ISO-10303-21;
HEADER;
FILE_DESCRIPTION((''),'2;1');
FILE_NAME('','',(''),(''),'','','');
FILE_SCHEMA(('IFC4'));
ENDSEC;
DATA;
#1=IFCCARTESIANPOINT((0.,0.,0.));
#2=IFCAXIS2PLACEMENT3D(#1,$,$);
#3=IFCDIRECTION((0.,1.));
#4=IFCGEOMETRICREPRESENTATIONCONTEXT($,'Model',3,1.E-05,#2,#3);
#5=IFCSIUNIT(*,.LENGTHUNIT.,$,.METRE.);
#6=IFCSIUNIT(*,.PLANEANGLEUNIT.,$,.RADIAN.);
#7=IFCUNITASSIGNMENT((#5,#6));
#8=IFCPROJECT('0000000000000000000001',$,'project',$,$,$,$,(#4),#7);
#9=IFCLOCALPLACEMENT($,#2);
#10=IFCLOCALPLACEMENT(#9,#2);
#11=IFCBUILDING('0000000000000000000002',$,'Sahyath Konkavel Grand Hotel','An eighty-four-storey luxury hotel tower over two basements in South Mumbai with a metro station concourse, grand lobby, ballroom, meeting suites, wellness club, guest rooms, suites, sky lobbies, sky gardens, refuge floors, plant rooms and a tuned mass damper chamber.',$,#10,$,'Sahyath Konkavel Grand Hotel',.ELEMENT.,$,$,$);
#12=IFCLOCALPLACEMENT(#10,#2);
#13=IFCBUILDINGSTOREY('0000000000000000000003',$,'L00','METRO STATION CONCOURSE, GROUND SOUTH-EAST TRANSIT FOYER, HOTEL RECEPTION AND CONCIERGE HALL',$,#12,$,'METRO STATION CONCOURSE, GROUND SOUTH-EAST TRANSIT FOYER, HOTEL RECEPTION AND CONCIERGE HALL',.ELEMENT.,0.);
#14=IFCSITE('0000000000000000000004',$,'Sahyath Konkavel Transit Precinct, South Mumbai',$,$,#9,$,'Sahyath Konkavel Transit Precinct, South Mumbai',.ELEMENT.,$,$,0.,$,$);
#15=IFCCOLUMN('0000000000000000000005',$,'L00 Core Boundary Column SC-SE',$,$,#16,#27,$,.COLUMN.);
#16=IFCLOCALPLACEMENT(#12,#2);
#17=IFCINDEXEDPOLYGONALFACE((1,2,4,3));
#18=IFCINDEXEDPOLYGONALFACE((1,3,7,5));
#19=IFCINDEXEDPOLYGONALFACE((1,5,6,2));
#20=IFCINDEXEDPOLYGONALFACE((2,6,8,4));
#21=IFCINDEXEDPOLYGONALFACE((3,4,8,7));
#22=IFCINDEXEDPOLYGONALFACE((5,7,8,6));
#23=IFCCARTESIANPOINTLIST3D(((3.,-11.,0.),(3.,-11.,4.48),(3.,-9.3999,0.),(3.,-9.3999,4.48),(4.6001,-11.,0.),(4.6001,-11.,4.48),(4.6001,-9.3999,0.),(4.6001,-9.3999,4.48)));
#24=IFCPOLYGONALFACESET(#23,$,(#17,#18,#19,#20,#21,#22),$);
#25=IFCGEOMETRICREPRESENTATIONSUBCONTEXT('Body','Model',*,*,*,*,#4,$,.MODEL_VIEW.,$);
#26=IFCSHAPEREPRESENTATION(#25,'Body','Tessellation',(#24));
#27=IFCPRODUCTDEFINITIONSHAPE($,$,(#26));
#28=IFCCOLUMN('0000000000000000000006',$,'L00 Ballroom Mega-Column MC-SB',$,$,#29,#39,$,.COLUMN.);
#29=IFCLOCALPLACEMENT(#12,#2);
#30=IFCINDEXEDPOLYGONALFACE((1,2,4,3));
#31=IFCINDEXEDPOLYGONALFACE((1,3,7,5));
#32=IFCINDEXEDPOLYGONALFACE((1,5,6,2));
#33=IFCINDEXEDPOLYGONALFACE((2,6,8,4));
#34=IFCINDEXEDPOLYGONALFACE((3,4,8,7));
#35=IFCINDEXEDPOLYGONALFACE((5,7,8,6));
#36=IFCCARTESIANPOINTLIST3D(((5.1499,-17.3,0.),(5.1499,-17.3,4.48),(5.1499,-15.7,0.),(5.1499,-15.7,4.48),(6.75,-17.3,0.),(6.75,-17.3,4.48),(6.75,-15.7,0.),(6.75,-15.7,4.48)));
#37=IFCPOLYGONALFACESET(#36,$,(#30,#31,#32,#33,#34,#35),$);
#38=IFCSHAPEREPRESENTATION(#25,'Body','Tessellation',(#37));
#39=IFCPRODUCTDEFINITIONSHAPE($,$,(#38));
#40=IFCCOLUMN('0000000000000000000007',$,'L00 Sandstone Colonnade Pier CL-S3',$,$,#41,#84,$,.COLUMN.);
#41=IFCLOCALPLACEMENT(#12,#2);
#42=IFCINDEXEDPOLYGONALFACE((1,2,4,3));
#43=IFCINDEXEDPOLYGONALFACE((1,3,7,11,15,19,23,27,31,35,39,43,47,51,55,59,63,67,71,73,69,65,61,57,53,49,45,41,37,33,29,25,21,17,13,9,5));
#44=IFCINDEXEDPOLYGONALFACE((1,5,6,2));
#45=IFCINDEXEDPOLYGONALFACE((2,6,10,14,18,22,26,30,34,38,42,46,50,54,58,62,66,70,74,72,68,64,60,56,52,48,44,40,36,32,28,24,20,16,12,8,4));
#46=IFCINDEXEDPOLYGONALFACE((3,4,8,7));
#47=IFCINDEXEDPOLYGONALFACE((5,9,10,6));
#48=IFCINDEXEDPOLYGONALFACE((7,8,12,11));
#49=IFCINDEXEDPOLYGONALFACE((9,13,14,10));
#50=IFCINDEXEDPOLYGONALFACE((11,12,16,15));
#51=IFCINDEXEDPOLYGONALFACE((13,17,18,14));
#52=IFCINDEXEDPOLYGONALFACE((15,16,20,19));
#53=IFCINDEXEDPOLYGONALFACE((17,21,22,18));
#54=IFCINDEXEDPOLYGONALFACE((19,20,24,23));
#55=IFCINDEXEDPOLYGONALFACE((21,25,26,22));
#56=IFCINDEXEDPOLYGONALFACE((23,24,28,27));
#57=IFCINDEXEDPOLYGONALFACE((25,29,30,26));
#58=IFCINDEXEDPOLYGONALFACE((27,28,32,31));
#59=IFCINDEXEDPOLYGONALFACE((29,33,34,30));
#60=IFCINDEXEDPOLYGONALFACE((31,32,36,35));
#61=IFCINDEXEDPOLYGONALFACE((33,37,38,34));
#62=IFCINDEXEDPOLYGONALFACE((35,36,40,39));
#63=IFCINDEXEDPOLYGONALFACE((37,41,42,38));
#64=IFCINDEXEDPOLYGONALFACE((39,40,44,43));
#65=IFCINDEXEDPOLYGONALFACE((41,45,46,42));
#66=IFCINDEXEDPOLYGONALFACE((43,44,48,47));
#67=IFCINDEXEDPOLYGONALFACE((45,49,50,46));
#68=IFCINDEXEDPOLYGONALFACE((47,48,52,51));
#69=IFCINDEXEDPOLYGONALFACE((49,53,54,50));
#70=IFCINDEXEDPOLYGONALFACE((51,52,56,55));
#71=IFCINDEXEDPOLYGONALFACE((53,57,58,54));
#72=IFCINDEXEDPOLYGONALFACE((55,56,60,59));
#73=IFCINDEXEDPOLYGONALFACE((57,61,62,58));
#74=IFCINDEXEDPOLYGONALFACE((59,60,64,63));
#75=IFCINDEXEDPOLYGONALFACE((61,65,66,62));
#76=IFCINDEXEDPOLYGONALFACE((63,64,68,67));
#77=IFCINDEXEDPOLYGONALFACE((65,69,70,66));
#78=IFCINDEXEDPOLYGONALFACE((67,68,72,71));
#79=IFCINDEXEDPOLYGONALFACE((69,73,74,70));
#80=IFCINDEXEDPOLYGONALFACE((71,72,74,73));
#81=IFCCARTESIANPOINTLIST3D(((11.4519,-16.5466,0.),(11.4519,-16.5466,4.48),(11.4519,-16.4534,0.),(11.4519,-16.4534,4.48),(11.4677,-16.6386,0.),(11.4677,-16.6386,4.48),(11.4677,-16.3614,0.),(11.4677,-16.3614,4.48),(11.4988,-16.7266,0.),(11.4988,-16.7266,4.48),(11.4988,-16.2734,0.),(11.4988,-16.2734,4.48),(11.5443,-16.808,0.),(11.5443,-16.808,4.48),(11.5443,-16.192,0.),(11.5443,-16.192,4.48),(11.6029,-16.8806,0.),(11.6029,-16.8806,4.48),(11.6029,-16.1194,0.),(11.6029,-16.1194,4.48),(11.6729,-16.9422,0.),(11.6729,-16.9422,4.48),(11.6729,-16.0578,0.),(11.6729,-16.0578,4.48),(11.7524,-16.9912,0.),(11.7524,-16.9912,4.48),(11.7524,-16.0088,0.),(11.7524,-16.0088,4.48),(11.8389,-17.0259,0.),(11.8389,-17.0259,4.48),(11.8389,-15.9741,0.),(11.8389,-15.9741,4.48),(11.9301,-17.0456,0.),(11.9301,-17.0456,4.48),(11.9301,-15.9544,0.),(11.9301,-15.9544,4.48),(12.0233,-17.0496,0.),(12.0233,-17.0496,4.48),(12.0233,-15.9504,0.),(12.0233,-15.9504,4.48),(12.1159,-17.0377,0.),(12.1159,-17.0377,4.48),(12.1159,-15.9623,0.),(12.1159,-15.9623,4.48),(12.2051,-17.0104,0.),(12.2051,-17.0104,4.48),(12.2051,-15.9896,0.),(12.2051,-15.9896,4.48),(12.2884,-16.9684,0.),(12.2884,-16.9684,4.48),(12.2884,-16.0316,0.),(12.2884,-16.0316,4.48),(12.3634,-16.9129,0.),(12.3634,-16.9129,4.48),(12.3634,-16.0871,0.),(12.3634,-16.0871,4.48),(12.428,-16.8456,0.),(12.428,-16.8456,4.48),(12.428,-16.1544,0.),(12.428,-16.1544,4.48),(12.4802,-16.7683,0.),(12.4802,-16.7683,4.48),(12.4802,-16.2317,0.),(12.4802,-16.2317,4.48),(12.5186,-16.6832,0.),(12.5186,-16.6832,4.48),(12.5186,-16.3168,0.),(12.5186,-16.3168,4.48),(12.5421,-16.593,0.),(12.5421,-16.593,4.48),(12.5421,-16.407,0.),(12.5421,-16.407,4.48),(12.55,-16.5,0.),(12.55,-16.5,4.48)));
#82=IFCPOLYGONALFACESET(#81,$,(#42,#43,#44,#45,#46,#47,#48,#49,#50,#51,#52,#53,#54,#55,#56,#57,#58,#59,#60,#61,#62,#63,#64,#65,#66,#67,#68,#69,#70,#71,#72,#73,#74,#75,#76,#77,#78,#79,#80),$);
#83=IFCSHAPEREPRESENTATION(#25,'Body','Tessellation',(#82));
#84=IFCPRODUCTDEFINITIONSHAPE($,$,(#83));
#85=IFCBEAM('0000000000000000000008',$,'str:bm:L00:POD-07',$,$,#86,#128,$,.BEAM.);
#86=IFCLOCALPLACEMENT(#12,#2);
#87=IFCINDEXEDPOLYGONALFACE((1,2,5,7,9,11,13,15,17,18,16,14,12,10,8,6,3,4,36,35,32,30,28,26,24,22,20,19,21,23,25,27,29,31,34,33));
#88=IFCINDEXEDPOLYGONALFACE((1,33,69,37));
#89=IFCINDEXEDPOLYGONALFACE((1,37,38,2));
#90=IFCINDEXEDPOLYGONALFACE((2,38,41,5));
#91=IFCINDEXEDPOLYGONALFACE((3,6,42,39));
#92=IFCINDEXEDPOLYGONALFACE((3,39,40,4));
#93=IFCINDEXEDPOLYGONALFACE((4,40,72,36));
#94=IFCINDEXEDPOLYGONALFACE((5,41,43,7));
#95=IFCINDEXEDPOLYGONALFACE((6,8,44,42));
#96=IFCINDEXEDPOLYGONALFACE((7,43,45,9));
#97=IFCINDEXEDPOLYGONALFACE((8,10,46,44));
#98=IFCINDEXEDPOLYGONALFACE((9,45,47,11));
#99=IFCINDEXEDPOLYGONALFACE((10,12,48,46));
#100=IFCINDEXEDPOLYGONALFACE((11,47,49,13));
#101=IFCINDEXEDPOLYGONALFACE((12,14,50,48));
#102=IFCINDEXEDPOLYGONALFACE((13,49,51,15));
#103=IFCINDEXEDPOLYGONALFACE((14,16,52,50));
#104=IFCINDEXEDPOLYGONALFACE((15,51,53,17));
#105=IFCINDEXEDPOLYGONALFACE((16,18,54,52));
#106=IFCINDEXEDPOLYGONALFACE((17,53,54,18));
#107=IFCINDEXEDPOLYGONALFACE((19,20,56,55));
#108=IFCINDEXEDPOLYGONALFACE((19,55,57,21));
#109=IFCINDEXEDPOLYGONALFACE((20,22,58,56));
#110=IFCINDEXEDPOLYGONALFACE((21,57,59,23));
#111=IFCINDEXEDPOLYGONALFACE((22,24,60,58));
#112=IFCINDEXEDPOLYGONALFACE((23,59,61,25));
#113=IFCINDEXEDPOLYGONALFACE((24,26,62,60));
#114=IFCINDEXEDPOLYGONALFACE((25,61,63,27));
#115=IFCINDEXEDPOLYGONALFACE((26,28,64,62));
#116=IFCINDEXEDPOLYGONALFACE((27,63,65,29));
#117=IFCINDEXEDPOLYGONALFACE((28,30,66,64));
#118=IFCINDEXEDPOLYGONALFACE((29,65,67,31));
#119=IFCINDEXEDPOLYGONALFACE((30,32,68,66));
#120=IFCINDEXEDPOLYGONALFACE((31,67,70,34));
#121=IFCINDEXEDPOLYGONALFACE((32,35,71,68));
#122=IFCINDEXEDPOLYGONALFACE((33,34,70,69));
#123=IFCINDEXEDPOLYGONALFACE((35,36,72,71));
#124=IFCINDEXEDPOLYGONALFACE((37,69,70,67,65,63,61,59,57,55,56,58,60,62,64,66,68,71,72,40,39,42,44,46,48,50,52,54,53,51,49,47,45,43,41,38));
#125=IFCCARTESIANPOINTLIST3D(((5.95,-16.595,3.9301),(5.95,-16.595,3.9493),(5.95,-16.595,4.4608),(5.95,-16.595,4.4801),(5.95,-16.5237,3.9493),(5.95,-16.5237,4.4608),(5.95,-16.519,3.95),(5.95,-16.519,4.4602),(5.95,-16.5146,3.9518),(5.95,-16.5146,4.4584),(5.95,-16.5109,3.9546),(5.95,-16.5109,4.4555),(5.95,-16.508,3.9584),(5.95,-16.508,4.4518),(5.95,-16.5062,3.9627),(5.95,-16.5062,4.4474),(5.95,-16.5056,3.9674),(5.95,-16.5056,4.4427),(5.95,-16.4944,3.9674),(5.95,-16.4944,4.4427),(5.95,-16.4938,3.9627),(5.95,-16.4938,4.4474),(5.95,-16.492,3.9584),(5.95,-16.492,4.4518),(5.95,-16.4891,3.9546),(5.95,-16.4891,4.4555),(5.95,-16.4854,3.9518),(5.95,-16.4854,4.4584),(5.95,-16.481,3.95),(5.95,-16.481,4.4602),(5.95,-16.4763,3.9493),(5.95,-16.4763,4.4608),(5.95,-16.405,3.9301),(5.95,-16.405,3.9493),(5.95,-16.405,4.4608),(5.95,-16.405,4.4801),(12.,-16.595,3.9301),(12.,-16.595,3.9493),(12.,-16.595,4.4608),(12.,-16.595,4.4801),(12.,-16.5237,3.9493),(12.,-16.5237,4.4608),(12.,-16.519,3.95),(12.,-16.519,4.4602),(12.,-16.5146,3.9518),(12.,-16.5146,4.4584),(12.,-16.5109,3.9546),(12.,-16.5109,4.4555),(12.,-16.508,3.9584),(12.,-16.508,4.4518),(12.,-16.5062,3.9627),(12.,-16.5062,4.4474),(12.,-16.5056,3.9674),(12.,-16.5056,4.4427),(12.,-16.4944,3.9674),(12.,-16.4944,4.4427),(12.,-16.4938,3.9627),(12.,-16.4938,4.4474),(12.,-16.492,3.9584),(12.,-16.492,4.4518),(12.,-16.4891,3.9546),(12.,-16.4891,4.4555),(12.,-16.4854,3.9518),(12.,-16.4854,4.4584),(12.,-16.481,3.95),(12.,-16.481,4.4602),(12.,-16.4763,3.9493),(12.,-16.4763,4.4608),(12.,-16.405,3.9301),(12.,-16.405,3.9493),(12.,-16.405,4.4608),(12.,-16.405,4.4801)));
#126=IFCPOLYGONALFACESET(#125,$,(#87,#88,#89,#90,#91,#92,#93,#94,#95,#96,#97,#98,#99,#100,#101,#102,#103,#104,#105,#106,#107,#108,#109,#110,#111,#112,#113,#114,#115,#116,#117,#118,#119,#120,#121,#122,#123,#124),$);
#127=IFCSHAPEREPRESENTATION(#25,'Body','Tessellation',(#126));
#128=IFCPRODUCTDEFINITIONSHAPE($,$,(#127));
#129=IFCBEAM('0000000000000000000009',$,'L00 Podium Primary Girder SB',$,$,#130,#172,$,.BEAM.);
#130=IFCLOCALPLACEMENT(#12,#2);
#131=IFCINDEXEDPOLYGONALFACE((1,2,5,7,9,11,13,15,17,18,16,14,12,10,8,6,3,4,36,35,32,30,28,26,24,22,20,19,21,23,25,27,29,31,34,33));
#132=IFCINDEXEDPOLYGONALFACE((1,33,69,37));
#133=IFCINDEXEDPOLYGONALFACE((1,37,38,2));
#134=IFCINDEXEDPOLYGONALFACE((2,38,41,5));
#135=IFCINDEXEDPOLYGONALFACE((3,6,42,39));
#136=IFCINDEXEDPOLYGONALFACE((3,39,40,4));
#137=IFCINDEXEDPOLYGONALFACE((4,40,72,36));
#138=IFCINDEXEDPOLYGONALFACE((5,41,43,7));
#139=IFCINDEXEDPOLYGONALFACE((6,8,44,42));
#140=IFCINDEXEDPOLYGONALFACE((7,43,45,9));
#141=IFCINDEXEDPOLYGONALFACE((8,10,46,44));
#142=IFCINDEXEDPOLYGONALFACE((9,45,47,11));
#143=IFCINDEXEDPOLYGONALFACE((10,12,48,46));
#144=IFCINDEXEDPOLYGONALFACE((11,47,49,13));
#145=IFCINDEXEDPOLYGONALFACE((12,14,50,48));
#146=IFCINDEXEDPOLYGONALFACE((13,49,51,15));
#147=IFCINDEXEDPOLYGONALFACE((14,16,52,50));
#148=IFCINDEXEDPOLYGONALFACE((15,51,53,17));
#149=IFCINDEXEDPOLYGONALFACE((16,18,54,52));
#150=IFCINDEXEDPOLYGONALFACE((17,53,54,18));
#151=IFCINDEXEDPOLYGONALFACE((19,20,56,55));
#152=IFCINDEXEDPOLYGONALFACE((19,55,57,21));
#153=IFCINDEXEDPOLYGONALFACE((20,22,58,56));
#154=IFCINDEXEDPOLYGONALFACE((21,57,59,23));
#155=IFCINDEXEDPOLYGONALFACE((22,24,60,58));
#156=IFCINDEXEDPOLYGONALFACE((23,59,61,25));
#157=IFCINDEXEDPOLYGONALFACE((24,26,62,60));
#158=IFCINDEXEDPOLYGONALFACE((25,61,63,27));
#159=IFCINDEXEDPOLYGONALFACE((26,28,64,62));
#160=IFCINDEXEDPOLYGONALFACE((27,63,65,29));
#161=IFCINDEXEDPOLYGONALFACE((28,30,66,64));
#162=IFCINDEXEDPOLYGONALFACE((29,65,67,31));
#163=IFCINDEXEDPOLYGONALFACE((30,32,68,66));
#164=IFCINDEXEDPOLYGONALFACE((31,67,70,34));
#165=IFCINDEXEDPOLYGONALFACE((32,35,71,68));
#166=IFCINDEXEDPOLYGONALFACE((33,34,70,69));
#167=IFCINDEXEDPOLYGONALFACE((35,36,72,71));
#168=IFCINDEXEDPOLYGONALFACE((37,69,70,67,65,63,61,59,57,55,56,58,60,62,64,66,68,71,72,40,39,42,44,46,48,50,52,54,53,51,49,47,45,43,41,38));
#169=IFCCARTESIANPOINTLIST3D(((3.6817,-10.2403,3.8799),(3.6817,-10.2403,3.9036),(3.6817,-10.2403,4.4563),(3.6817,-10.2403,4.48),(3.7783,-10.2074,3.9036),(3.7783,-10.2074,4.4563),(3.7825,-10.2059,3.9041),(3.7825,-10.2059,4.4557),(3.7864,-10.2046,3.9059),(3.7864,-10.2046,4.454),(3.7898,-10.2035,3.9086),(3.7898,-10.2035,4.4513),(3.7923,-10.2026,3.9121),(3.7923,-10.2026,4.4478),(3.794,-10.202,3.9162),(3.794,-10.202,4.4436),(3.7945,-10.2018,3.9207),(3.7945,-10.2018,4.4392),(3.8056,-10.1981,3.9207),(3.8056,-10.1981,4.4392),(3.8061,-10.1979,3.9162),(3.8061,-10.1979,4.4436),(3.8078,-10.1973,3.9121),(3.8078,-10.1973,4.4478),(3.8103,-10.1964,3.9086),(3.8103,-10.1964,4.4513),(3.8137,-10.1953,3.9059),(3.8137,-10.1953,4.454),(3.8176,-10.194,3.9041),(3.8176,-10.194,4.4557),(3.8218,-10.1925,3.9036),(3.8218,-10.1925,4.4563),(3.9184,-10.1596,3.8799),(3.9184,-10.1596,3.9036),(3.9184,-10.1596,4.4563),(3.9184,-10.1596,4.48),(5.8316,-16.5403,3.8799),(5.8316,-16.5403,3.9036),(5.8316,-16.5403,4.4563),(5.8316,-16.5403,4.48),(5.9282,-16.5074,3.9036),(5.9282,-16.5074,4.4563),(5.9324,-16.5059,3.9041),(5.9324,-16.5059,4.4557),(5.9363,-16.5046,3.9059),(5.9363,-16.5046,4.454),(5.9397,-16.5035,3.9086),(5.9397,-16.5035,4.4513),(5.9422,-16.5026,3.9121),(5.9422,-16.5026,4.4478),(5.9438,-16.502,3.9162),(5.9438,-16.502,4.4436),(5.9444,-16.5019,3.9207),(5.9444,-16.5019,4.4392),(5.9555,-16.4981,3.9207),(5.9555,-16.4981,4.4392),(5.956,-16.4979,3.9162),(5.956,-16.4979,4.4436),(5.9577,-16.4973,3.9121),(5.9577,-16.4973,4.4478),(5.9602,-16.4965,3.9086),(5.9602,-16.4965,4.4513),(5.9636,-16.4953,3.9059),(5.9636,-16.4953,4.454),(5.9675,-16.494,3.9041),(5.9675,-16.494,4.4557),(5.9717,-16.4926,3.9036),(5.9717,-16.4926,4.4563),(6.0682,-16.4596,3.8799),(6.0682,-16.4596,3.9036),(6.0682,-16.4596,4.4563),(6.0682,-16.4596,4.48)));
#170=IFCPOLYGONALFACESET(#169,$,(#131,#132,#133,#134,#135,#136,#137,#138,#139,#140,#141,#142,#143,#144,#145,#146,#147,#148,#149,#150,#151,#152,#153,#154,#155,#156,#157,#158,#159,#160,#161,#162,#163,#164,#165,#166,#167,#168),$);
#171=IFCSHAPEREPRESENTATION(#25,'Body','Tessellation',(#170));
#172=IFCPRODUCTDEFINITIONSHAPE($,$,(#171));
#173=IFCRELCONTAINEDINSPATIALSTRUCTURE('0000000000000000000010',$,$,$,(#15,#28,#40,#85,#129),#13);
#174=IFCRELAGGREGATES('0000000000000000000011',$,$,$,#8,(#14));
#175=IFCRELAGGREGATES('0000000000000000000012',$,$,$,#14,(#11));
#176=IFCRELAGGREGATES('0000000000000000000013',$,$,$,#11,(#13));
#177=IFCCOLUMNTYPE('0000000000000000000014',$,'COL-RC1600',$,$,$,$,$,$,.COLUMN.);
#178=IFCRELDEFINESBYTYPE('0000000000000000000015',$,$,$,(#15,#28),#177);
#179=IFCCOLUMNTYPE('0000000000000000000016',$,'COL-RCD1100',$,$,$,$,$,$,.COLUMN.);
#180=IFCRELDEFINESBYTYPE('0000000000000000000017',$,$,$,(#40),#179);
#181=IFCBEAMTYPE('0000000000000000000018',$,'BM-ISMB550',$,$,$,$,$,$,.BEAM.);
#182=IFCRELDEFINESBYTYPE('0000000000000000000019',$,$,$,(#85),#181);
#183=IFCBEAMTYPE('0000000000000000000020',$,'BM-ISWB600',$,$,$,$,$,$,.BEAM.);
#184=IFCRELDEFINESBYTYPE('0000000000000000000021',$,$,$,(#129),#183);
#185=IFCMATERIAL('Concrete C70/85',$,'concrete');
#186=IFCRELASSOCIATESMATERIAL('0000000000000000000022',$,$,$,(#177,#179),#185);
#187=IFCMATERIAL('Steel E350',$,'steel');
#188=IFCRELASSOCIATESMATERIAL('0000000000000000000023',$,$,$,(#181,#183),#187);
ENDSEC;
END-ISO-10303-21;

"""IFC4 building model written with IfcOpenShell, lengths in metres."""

from ifc_helpers import new_model, si_unit, direction, frame, origin, origin_2d, place, context, subcontext, project, spatial, rectangle, circle, i_section, extrude, source, transform, mapped, material, material_profile, profile_set, type_object, element, save


model = new_model("IFC4")

# Units and contexts
model_context = context("Model", 3, precision=1e-05, world=origin(), true_north=direction((0.0, 1.0)))
body_context = subcontext(model_context, "Body", "Model", "MODEL_VIEW")
ifc_project = project(units=[si_unit("LENGTHUNIT", "METRE"), si_unit("PLANEANGLEUNIT", "RADIAN")], contexts=[model_context])

# Site, building, storey
site_placement = place(None, origin())
site = spatial("IfcSite", under=ifc_project, at=site_placement, Name="Sahyath Konkavel Transit Precinct, South Mumbai", LongName="Sahyath Konkavel Transit Precinct, South Mumbai", CompositionType="ELEMENT", RefElevation=0.0)
building_placement = place(site_placement, origin())
building = spatial("IfcBuilding", under=site, at=building_placement, Name="Sahyath Konkavel Grand Hotel", Description="An eighty-four-storey luxury hotel tower over two basements in South Mumbai with a metro station concourse, grand lobby, ballroom, meeting suites, wellness club, guest rooms, suites, sky lobbies, sky gardens, refuge floors, plant rooms and a tuned mass damper chamber.", LongName="Sahyath Konkavel Grand Hotel", CompositionType="ELEMENT")
storey_placement = place(building_placement, origin())
storey = spatial("IfcBuildingStorey", under=building, at=storey_placement, Name="L00", Description="METRO STATION CONCOURSE, GROUND SOUTH-EAST TRANSIT FOYER, HOTEL RECEPTION AND CONCIERGE HALL", LongName="METRO STATION CONCOURSE, GROUND SOUTH-EAST TRANSIT FOYER, HOTEL RECEPTION AND CONCIERGE HALL", CompositionType="ELEMENT", Elevation=0.0)

# Columns
ifc_material_1 = material(Name="Concrete C70/85", Category="concrete")
ifc_material_profile_1 = material_profile(ifc_material_1, rectangle(XDim=1.6001, YDim=1.6001, at=origin_2d()), Name="RC 1600x1600")
ifc_profile_set_1 = profile_set([ifc_material_profile_1], Name="Concrete C70/85")
column_type_1 = type_object("IfcColumnType", Name="COL-RC1600", PredefinedType="COLUMN", material=ifc_profile_set_1)
shared_shape_1 = source(origin(), body_context, "Body", "SweptSolid", [
    extrude(rectangle(XDim=1.6001, YDim=1.6001, at=origin_2d()), origin(), (0.0, 0.0, 1.0), 4.48),
])
for number, where, z_axis, x_axis, name in (
    (1, (3.8, -10.2, 0.0), (0.0, 0.0, 1.0), (1.0, 0.0, 0.0), "L00 Core Boundary Column SC-SE"),
    (2, (5.95, -16.5, 0.0), (0.0, 0.0, 1.0), (1.0, 0.0, 0.0), "L00 Ballroom Mega-Column MC-SB"),
):
    element("IfcColumn", number, at=place(storey_placement, frame(where, z_axis=z_axis, x_axis=x_axis)), inside=storey, type_object=column_type_1, Name=name, PredefinedType="COLUMN", context=body_context, shape_type="MappedRepresentation", body=[
        mapped(shared_shape_1, transform((0.0, 0.0, 0.0), scale=1.0)),
    ])
ifc_material_profile_2 = material_profile(ifc_material_1, circle(Radius=0.55, at=origin_2d()), Name="RC D1100")
ifc_profile_set_2 = profile_set([ifc_material_profile_2], Name="Concrete C70/85")
column_type_2 = type_object("IfcColumnType", Name="COL-RCD1100", PredefinedType="COLUMN", material=ifc_profile_set_2)
shared_shape_2 = source(origin(), body_context, "Body", "SweptSolid", [
    extrude(circle(Radius=0.55, at=origin_2d()), origin(), (0.0, 0.0, 1.0), 4.48),
])
column_placement = place(storey_placement, frame((12.0, -16.5, 0.0), z_axis=(0.0, 0.0, 1.0), x_axis=(1.0, 0.0, 0.0)))
element("IfcColumn", 3, at=column_placement, inside=storey, type_object=column_type_2, Name="L00 Sandstone Colonnade Pier CL-S3", PredefinedType="COLUMN", context=body_context, shape_type="MappedRepresentation", body=[
    mapped(shared_shape_2, transform((0.0, 0.0, 0.0), scale=1.0)),
])

# Beams
ifc_material_2 = material(Name="Steel E350", Category="steel")
ifc_material_profile_3 = material_profile(ifc_material_2, i_section(OverallWidth=0.1899, OverallDepth=0.55, WebThickness=0.0112, FlangeThickness=0.0193, FilletRadius=0.0181, at=origin_2d()), Name="ISMB 550")
ifc_profile_set_3 = profile_set([ifc_material_profile_3], Name="Steel E350")
beam_type_1 = type_object("IfcBeamType", Name="BM-ISMB550", PredefinedType="BEAM", material=ifc_profile_set_3)
shared_shape_3 = source(origin(), body_context, "Body", "SweptSolid", [
    extrude(i_section(OverallWidth=0.1899, OverallDepth=0.55, WebThickness=0.0112, FlangeThickness=0.0193, FilletRadius=0.0181, at=origin_2d()), origin(), (0.0, 0.0, 1.0), 6.05),
])
beam_1_placement = place(storey_placement, frame((5.95, -16.5, 4.2051), z_axis=(1.0, 0.0, 0.0), x_axis=(0.0, 1.0, 0.0)))
element("IfcBeam", 4, at=beam_1_placement, inside=storey, type_object=beam_type_1, Name="str:bm:L00:POD-07", PredefinedType="BEAM", context=body_context, shape_type="MappedRepresentation", body=[
    mapped(shared_shape_3, transform((0.0, 0.0, 0.0), scale=1.0)),
])
ifc_material_profile_4 = material_profile(ifc_material_2, i_section(OverallWidth=0.25, OverallDepth=0.6001, WebThickness=0.0117, FlangeThickness=0.0237, FilletRadius=0.0171, at=origin_2d()), Name="ISWB 600")
ifc_profile_set_4 = profile_set([ifc_material_profile_4], Name="Steel E350")
beam_type_2 = type_object("IfcBeamType", Name="BM-ISWB600", PredefinedType="BEAM", material=ifc_profile_set_4)
shared_shape_4 = source(origin(), body_context, "Body", "SweptSolid", [
    extrude(i_section(OverallWidth=0.25, OverallDepth=0.6001, WebThickness=0.0117, FlangeThickness=0.0237, FilletRadius=0.0171, at=origin_2d()), origin(), (0.0, 0.0, 1.0), 6.6567),
])
beam_2_placement = place(storey_placement, frame((3.8, -10.2, 4.1799), z_axis=(0.322964, -0.946411, 0.0), x_axis=(0.946411, 0.322964, 0.0)))
element("IfcBeam", 5, at=beam_2_placement, inside=storey, type_object=beam_type_2, Name="L00 Podium Primary Girder SB", PredefinedType="BEAM", context=body_context, shape_type="MappedRepresentation", body=[
    mapped(shared_shape_4, transform((0.0, 0.0, 0.0), scale=1.0)),
])

save(model, "model.ifc")
